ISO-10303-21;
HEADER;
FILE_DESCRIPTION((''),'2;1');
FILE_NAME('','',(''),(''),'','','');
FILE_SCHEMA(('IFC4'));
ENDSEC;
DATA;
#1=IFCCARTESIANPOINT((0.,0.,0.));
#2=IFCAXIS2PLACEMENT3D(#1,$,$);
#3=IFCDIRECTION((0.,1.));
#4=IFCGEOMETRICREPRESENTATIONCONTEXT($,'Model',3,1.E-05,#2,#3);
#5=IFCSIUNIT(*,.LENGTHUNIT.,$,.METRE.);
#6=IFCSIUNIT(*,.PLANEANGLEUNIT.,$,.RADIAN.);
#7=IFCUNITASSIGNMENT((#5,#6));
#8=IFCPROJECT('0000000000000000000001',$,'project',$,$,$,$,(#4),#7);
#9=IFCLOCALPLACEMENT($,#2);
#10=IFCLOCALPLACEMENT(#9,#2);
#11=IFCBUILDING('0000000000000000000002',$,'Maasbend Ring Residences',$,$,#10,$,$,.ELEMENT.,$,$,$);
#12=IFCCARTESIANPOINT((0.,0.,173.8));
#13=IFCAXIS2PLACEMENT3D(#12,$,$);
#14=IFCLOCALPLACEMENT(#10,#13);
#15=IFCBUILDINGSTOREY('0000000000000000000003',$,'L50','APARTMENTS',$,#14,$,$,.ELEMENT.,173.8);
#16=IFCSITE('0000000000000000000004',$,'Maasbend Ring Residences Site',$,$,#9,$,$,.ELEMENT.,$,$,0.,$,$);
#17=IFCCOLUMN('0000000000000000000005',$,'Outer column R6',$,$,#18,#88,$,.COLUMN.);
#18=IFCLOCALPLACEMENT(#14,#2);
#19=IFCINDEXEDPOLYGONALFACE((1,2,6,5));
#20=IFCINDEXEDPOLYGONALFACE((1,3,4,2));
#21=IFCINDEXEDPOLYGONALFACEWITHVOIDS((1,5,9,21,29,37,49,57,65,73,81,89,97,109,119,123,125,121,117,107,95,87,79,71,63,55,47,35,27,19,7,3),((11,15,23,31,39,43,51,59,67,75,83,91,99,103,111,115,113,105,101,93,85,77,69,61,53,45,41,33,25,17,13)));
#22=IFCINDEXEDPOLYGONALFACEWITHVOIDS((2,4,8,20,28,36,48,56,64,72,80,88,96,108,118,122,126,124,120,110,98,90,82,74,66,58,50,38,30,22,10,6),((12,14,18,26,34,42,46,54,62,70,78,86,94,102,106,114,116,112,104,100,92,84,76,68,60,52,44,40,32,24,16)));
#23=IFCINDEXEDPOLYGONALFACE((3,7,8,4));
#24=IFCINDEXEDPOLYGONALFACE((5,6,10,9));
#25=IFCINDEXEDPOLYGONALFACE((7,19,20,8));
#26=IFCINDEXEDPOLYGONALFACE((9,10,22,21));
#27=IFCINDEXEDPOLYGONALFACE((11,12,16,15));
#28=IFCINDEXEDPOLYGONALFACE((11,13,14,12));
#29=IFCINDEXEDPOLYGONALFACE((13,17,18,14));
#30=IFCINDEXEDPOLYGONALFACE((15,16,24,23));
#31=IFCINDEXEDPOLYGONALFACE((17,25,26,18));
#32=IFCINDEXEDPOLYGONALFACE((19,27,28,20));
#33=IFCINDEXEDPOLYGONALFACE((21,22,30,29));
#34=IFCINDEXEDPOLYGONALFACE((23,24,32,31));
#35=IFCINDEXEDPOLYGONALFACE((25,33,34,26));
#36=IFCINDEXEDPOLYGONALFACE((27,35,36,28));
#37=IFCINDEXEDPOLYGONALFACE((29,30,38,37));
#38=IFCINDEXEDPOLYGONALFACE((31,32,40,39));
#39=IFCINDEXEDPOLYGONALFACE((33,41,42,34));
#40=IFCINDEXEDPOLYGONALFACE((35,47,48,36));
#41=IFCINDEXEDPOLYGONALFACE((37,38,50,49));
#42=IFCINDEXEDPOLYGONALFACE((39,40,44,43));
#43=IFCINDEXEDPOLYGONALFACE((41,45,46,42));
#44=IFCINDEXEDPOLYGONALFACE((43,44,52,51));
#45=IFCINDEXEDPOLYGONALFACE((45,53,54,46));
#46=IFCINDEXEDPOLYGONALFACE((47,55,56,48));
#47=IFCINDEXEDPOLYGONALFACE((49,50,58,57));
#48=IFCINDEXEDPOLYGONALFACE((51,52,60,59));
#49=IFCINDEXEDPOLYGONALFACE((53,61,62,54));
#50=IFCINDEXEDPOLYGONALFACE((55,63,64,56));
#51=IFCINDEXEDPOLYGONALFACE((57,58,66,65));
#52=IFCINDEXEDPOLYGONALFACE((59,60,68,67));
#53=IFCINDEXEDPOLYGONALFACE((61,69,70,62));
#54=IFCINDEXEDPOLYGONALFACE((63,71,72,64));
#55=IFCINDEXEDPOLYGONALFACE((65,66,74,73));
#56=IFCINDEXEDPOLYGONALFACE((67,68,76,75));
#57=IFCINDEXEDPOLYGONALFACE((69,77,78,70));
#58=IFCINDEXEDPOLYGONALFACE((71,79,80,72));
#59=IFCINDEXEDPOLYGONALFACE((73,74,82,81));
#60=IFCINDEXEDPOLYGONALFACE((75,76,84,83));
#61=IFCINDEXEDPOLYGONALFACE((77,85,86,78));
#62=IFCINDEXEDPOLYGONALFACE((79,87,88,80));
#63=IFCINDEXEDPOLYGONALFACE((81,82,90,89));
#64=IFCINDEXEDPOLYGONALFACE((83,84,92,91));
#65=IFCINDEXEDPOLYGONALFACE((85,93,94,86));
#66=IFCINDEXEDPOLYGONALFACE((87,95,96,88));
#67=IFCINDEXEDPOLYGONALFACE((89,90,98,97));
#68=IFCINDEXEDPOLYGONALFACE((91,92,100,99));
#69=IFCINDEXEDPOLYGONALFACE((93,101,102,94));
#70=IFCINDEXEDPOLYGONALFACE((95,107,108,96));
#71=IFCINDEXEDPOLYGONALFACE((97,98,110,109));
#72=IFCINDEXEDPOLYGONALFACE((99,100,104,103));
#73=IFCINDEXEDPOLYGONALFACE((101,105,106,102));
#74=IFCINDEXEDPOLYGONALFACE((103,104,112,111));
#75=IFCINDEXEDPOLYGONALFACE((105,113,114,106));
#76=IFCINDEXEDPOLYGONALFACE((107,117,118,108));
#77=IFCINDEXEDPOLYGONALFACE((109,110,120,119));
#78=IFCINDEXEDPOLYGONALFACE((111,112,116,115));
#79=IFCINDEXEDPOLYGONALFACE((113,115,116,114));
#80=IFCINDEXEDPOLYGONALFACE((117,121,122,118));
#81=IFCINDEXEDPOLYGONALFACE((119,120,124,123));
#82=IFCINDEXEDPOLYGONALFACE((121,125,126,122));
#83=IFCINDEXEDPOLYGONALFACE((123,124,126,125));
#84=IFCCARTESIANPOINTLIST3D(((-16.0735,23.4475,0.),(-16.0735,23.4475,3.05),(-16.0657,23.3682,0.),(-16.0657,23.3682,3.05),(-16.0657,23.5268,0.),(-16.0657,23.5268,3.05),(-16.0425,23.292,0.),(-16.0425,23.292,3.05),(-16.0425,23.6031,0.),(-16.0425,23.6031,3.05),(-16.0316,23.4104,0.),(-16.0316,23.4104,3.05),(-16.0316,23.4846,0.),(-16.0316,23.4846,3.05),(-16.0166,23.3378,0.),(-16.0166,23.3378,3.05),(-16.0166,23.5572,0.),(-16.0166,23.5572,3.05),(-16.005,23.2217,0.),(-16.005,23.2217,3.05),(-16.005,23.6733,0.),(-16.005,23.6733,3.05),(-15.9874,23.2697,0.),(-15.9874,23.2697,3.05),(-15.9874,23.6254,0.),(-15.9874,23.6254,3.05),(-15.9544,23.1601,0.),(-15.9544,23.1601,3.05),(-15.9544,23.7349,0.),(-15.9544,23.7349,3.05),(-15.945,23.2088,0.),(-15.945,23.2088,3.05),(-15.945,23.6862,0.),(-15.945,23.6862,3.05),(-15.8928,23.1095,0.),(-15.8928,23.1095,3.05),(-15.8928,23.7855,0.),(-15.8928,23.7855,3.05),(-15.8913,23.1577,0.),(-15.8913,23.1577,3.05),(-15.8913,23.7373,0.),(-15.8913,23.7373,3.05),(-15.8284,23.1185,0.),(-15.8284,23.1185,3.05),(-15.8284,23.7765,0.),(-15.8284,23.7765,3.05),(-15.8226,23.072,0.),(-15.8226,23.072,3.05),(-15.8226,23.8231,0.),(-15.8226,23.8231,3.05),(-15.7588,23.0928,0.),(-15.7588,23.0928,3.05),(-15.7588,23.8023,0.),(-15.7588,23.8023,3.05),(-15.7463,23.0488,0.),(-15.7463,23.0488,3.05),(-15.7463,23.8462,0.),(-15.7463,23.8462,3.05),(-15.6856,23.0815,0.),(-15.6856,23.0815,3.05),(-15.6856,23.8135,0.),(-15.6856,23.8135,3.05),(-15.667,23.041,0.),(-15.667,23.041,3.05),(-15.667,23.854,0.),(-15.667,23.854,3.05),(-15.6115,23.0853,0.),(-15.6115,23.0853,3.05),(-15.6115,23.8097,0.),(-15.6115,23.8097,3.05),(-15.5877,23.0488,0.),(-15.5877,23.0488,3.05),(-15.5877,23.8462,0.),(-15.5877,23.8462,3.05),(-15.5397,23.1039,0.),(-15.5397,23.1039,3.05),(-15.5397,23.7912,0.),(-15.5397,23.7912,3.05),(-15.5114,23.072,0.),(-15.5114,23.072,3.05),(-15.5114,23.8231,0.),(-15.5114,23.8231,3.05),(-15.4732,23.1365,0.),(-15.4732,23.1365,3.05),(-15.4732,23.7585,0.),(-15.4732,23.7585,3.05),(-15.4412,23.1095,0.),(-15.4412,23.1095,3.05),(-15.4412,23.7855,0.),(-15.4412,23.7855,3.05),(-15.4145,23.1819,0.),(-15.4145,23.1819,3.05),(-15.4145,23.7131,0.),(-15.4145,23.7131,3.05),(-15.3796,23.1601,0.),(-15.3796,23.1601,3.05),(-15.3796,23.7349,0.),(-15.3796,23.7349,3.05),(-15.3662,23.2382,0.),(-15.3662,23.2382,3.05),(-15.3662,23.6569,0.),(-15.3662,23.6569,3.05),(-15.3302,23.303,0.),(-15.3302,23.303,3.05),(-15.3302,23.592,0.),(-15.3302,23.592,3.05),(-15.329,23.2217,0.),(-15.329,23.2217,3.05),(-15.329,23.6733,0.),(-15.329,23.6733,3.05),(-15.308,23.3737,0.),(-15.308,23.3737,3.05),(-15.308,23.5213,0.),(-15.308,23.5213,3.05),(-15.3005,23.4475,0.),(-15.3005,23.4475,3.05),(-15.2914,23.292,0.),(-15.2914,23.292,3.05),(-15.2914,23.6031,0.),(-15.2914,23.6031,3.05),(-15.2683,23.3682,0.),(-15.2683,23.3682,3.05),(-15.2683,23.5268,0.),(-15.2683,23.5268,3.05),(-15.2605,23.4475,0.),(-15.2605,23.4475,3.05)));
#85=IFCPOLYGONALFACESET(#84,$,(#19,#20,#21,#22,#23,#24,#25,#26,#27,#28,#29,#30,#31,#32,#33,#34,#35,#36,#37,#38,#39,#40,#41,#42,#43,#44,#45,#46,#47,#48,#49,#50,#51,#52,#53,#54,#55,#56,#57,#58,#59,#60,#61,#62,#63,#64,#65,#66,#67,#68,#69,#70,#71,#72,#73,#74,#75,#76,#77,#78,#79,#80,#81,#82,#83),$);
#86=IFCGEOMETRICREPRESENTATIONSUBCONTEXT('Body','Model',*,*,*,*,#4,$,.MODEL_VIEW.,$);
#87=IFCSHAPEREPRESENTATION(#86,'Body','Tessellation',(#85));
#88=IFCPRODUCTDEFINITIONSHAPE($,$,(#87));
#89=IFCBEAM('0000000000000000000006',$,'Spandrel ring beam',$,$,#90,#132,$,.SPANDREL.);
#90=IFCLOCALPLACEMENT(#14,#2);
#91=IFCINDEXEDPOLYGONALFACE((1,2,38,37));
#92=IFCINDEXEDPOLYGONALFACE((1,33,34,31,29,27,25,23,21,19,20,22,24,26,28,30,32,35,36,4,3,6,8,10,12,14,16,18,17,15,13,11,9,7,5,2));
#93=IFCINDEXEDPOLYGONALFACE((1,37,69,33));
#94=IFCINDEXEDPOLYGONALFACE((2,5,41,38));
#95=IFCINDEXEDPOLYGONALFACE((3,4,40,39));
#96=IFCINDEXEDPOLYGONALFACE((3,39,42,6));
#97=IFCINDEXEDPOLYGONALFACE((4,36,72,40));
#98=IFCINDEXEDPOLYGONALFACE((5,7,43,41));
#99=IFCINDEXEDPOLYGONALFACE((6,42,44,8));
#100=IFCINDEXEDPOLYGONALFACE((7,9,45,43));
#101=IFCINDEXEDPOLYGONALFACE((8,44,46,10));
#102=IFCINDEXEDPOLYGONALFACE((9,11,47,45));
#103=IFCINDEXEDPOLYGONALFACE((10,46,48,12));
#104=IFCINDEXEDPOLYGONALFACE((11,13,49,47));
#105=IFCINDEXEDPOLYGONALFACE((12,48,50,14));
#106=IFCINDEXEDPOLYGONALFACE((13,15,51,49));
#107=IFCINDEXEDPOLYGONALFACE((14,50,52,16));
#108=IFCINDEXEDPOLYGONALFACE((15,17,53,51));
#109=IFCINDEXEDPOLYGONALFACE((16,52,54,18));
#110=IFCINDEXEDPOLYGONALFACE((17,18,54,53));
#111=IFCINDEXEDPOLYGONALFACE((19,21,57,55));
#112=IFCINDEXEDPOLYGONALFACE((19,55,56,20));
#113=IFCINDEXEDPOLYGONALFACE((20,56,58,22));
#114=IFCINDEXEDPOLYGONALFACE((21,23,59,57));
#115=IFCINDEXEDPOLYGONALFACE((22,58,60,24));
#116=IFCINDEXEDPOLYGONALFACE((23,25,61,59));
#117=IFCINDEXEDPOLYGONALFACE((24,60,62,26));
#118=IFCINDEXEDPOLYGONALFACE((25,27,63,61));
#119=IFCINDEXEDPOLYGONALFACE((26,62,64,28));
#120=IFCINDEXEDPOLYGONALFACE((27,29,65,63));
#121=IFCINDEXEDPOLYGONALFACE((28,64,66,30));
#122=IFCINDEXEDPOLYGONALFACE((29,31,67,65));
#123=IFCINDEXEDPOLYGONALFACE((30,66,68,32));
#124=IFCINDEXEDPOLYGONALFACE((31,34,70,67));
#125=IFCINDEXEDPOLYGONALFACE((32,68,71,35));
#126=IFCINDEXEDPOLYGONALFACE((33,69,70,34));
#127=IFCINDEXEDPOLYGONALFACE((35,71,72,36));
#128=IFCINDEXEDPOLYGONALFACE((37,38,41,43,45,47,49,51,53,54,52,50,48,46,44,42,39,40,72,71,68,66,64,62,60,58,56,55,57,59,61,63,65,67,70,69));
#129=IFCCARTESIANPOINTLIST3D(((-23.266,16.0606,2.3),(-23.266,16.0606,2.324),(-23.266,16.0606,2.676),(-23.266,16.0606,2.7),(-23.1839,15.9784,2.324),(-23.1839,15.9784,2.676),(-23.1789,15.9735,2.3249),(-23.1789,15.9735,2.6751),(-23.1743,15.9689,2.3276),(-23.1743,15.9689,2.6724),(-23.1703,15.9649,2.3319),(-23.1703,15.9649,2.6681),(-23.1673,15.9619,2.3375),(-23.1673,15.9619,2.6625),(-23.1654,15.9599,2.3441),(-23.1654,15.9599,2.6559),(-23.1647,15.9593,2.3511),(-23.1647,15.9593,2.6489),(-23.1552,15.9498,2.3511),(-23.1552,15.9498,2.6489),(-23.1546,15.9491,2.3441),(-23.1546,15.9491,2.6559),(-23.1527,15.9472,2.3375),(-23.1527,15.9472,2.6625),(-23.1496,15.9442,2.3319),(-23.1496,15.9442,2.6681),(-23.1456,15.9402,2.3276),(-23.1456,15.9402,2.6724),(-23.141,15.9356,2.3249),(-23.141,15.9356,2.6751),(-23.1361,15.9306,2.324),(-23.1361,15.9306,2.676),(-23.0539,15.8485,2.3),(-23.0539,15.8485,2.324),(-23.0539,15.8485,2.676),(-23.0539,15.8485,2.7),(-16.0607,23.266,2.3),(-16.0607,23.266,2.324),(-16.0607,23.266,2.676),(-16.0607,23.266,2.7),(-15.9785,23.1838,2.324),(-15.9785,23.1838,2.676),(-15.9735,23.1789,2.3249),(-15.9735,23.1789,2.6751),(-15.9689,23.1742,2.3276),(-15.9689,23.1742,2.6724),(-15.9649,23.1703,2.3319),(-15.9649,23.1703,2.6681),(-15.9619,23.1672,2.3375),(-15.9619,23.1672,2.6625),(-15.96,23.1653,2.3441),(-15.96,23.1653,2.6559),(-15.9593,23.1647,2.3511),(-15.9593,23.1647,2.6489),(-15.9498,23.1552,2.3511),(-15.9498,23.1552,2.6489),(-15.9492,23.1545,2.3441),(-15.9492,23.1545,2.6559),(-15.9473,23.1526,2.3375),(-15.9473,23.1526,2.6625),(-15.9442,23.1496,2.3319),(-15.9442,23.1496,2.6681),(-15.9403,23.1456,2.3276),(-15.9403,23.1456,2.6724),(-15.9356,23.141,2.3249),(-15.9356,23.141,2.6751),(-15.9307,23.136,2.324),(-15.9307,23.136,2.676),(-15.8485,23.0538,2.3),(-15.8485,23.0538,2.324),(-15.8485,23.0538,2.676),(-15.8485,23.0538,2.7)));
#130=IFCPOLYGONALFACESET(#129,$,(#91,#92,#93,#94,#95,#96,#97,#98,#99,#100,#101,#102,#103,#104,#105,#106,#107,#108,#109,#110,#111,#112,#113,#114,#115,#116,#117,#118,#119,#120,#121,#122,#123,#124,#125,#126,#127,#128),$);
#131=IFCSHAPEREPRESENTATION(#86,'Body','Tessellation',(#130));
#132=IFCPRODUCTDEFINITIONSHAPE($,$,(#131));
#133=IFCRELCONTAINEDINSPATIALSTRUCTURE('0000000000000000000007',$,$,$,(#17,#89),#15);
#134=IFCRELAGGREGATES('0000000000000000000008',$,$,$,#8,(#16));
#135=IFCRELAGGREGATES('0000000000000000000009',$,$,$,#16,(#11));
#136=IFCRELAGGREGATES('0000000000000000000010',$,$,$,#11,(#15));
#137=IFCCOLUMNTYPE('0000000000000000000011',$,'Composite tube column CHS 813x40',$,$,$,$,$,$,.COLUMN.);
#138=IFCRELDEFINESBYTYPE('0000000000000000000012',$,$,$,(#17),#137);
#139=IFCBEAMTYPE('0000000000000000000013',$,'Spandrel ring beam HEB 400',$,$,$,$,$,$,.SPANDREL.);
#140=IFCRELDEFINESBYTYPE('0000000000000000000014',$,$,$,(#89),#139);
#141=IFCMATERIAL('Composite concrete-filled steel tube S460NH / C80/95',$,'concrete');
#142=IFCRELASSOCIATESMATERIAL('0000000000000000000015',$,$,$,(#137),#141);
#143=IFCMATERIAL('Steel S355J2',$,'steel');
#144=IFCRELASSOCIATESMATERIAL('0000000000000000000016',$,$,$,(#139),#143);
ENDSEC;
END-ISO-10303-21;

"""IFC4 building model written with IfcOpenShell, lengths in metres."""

from ifc_helpers import new_model, si_unit, direction, frame, origin, origin_2d, place, context, subcontext, project, spatial, hollow_circle, i_section, extrude, material, material_profile, profile_set, type_object, element, save


model = new_model("IFC4")

# Units and contexts
model_context = context("Model", 3, precision=1e-05, world=origin(), true_north=direction((0.0, 1.0)))
body_context = subcontext(model_context, "Body", "Model", "MODEL_VIEW")
ifc_project = project(units=[si_unit("LENGTHUNIT", "METRE"), si_unit("PLANEANGLEUNIT", "RADIAN")], contexts=[model_context])

# Site, building, storey
site_placement = place(None, origin())
site = spatial("IfcSite", under=ifc_project, at=site_placement, Name="Maasbend Ring Residences Site", CompositionType="ELEMENT", RefElevation=0.0)
building_placement = place(site_placement, origin())
building = spatial("IfcBuilding", under=site, at=building_placement, Name="Maasbend Ring Residences", CompositionType="ELEMENT")
storey_placement = place(building_placement, frame((0.0, 0.0, 173.8)))
storey = spatial("IfcBuildingStorey", under=building, at=storey_placement, Name="L50", Description="APARTMENTS", CompositionType="ELEMENT", Elevation=173.8)

# Column
ifc_material_1 = material(Name="Composite concrete-filled steel tube S460NH / C80/95", Category="concrete")
ifc_material_profile_1 = material_profile(ifc_material_1, hollow_circle(Radius=0.4065, WallThickness=0.04, at=origin_2d()), Name="Composite tube column CHS 813x40")
ifc_profile_set_1 = profile_set([ifc_material_profile_1], Name="Composite concrete-filled steel tube S460NH / C80/95")
column_type = type_object("IfcColumnType", Name="Composite tube column CHS 813x40", PredefinedType="COLUMN", material=ifc_profile_set_1)
column_placement = place(storey_placement, frame((-15.667, 23.4475, 0.0), z_axis=(0.0, 0.0, 1.0), x_axis=(1.0, 0.0, 0.0)))
element("IfcColumn", 1, at=column_placement, inside=storey, type_object=column_type, Name="Outer column R6", PredefinedType="COLUMN", context=body_context, shape_type="SweptSolid", body=[
    extrude(hollow_circle(Radius=0.4065, WallThickness=0.04, at=origin_2d()), origin(), (0.0, 0.0, 1.0), 3.05),
])

# Beam
ifc_material_2 = material(Name="Steel S355J2", Category="steel")
ifc_material_profile_2 = material_profile(ifc_material_2, i_section(OverallWidth=0.3, OverallDepth=0.3999, WebThickness=0.0134, FlangeThickness=0.0239, FilletRadius=0.0271, at=origin_2d()), Name="HEB 400")
ifc_profile_set_2 = profile_set([ifc_material_profile_2], Name="Steel S355J2")
beam_type = type_object("IfcBeamType", Name="Spandrel ring beam HEB 400", PredefinedType="SPANDREL", material=ifc_profile_set_2)
beam_placement = place(storey_placement, frame((-15.9546, 23.1599, 2.5), z_axis=(-0.707107, -0.707107, 0.0), x_axis=(0.707107, -0.707107, 0.0)))
element("IfcBeam", 2, at=beam_placement, inside=storey, type_object=beam_type, Name="Spandrel ring beam", PredefinedType="SPANDREL", context=body_context, shape_type="SweptSolid", body=[
    extrude(i_section(OverallWidth=0.3, OverallDepth=0.3999, WebThickness=0.0134, FlangeThickness=0.0239, FilletRadius=0.0271, at=origin_2d()), origin(), (0.0, 0.0, 1.0), 10.1899),
])

save(model, "model.ifc")
